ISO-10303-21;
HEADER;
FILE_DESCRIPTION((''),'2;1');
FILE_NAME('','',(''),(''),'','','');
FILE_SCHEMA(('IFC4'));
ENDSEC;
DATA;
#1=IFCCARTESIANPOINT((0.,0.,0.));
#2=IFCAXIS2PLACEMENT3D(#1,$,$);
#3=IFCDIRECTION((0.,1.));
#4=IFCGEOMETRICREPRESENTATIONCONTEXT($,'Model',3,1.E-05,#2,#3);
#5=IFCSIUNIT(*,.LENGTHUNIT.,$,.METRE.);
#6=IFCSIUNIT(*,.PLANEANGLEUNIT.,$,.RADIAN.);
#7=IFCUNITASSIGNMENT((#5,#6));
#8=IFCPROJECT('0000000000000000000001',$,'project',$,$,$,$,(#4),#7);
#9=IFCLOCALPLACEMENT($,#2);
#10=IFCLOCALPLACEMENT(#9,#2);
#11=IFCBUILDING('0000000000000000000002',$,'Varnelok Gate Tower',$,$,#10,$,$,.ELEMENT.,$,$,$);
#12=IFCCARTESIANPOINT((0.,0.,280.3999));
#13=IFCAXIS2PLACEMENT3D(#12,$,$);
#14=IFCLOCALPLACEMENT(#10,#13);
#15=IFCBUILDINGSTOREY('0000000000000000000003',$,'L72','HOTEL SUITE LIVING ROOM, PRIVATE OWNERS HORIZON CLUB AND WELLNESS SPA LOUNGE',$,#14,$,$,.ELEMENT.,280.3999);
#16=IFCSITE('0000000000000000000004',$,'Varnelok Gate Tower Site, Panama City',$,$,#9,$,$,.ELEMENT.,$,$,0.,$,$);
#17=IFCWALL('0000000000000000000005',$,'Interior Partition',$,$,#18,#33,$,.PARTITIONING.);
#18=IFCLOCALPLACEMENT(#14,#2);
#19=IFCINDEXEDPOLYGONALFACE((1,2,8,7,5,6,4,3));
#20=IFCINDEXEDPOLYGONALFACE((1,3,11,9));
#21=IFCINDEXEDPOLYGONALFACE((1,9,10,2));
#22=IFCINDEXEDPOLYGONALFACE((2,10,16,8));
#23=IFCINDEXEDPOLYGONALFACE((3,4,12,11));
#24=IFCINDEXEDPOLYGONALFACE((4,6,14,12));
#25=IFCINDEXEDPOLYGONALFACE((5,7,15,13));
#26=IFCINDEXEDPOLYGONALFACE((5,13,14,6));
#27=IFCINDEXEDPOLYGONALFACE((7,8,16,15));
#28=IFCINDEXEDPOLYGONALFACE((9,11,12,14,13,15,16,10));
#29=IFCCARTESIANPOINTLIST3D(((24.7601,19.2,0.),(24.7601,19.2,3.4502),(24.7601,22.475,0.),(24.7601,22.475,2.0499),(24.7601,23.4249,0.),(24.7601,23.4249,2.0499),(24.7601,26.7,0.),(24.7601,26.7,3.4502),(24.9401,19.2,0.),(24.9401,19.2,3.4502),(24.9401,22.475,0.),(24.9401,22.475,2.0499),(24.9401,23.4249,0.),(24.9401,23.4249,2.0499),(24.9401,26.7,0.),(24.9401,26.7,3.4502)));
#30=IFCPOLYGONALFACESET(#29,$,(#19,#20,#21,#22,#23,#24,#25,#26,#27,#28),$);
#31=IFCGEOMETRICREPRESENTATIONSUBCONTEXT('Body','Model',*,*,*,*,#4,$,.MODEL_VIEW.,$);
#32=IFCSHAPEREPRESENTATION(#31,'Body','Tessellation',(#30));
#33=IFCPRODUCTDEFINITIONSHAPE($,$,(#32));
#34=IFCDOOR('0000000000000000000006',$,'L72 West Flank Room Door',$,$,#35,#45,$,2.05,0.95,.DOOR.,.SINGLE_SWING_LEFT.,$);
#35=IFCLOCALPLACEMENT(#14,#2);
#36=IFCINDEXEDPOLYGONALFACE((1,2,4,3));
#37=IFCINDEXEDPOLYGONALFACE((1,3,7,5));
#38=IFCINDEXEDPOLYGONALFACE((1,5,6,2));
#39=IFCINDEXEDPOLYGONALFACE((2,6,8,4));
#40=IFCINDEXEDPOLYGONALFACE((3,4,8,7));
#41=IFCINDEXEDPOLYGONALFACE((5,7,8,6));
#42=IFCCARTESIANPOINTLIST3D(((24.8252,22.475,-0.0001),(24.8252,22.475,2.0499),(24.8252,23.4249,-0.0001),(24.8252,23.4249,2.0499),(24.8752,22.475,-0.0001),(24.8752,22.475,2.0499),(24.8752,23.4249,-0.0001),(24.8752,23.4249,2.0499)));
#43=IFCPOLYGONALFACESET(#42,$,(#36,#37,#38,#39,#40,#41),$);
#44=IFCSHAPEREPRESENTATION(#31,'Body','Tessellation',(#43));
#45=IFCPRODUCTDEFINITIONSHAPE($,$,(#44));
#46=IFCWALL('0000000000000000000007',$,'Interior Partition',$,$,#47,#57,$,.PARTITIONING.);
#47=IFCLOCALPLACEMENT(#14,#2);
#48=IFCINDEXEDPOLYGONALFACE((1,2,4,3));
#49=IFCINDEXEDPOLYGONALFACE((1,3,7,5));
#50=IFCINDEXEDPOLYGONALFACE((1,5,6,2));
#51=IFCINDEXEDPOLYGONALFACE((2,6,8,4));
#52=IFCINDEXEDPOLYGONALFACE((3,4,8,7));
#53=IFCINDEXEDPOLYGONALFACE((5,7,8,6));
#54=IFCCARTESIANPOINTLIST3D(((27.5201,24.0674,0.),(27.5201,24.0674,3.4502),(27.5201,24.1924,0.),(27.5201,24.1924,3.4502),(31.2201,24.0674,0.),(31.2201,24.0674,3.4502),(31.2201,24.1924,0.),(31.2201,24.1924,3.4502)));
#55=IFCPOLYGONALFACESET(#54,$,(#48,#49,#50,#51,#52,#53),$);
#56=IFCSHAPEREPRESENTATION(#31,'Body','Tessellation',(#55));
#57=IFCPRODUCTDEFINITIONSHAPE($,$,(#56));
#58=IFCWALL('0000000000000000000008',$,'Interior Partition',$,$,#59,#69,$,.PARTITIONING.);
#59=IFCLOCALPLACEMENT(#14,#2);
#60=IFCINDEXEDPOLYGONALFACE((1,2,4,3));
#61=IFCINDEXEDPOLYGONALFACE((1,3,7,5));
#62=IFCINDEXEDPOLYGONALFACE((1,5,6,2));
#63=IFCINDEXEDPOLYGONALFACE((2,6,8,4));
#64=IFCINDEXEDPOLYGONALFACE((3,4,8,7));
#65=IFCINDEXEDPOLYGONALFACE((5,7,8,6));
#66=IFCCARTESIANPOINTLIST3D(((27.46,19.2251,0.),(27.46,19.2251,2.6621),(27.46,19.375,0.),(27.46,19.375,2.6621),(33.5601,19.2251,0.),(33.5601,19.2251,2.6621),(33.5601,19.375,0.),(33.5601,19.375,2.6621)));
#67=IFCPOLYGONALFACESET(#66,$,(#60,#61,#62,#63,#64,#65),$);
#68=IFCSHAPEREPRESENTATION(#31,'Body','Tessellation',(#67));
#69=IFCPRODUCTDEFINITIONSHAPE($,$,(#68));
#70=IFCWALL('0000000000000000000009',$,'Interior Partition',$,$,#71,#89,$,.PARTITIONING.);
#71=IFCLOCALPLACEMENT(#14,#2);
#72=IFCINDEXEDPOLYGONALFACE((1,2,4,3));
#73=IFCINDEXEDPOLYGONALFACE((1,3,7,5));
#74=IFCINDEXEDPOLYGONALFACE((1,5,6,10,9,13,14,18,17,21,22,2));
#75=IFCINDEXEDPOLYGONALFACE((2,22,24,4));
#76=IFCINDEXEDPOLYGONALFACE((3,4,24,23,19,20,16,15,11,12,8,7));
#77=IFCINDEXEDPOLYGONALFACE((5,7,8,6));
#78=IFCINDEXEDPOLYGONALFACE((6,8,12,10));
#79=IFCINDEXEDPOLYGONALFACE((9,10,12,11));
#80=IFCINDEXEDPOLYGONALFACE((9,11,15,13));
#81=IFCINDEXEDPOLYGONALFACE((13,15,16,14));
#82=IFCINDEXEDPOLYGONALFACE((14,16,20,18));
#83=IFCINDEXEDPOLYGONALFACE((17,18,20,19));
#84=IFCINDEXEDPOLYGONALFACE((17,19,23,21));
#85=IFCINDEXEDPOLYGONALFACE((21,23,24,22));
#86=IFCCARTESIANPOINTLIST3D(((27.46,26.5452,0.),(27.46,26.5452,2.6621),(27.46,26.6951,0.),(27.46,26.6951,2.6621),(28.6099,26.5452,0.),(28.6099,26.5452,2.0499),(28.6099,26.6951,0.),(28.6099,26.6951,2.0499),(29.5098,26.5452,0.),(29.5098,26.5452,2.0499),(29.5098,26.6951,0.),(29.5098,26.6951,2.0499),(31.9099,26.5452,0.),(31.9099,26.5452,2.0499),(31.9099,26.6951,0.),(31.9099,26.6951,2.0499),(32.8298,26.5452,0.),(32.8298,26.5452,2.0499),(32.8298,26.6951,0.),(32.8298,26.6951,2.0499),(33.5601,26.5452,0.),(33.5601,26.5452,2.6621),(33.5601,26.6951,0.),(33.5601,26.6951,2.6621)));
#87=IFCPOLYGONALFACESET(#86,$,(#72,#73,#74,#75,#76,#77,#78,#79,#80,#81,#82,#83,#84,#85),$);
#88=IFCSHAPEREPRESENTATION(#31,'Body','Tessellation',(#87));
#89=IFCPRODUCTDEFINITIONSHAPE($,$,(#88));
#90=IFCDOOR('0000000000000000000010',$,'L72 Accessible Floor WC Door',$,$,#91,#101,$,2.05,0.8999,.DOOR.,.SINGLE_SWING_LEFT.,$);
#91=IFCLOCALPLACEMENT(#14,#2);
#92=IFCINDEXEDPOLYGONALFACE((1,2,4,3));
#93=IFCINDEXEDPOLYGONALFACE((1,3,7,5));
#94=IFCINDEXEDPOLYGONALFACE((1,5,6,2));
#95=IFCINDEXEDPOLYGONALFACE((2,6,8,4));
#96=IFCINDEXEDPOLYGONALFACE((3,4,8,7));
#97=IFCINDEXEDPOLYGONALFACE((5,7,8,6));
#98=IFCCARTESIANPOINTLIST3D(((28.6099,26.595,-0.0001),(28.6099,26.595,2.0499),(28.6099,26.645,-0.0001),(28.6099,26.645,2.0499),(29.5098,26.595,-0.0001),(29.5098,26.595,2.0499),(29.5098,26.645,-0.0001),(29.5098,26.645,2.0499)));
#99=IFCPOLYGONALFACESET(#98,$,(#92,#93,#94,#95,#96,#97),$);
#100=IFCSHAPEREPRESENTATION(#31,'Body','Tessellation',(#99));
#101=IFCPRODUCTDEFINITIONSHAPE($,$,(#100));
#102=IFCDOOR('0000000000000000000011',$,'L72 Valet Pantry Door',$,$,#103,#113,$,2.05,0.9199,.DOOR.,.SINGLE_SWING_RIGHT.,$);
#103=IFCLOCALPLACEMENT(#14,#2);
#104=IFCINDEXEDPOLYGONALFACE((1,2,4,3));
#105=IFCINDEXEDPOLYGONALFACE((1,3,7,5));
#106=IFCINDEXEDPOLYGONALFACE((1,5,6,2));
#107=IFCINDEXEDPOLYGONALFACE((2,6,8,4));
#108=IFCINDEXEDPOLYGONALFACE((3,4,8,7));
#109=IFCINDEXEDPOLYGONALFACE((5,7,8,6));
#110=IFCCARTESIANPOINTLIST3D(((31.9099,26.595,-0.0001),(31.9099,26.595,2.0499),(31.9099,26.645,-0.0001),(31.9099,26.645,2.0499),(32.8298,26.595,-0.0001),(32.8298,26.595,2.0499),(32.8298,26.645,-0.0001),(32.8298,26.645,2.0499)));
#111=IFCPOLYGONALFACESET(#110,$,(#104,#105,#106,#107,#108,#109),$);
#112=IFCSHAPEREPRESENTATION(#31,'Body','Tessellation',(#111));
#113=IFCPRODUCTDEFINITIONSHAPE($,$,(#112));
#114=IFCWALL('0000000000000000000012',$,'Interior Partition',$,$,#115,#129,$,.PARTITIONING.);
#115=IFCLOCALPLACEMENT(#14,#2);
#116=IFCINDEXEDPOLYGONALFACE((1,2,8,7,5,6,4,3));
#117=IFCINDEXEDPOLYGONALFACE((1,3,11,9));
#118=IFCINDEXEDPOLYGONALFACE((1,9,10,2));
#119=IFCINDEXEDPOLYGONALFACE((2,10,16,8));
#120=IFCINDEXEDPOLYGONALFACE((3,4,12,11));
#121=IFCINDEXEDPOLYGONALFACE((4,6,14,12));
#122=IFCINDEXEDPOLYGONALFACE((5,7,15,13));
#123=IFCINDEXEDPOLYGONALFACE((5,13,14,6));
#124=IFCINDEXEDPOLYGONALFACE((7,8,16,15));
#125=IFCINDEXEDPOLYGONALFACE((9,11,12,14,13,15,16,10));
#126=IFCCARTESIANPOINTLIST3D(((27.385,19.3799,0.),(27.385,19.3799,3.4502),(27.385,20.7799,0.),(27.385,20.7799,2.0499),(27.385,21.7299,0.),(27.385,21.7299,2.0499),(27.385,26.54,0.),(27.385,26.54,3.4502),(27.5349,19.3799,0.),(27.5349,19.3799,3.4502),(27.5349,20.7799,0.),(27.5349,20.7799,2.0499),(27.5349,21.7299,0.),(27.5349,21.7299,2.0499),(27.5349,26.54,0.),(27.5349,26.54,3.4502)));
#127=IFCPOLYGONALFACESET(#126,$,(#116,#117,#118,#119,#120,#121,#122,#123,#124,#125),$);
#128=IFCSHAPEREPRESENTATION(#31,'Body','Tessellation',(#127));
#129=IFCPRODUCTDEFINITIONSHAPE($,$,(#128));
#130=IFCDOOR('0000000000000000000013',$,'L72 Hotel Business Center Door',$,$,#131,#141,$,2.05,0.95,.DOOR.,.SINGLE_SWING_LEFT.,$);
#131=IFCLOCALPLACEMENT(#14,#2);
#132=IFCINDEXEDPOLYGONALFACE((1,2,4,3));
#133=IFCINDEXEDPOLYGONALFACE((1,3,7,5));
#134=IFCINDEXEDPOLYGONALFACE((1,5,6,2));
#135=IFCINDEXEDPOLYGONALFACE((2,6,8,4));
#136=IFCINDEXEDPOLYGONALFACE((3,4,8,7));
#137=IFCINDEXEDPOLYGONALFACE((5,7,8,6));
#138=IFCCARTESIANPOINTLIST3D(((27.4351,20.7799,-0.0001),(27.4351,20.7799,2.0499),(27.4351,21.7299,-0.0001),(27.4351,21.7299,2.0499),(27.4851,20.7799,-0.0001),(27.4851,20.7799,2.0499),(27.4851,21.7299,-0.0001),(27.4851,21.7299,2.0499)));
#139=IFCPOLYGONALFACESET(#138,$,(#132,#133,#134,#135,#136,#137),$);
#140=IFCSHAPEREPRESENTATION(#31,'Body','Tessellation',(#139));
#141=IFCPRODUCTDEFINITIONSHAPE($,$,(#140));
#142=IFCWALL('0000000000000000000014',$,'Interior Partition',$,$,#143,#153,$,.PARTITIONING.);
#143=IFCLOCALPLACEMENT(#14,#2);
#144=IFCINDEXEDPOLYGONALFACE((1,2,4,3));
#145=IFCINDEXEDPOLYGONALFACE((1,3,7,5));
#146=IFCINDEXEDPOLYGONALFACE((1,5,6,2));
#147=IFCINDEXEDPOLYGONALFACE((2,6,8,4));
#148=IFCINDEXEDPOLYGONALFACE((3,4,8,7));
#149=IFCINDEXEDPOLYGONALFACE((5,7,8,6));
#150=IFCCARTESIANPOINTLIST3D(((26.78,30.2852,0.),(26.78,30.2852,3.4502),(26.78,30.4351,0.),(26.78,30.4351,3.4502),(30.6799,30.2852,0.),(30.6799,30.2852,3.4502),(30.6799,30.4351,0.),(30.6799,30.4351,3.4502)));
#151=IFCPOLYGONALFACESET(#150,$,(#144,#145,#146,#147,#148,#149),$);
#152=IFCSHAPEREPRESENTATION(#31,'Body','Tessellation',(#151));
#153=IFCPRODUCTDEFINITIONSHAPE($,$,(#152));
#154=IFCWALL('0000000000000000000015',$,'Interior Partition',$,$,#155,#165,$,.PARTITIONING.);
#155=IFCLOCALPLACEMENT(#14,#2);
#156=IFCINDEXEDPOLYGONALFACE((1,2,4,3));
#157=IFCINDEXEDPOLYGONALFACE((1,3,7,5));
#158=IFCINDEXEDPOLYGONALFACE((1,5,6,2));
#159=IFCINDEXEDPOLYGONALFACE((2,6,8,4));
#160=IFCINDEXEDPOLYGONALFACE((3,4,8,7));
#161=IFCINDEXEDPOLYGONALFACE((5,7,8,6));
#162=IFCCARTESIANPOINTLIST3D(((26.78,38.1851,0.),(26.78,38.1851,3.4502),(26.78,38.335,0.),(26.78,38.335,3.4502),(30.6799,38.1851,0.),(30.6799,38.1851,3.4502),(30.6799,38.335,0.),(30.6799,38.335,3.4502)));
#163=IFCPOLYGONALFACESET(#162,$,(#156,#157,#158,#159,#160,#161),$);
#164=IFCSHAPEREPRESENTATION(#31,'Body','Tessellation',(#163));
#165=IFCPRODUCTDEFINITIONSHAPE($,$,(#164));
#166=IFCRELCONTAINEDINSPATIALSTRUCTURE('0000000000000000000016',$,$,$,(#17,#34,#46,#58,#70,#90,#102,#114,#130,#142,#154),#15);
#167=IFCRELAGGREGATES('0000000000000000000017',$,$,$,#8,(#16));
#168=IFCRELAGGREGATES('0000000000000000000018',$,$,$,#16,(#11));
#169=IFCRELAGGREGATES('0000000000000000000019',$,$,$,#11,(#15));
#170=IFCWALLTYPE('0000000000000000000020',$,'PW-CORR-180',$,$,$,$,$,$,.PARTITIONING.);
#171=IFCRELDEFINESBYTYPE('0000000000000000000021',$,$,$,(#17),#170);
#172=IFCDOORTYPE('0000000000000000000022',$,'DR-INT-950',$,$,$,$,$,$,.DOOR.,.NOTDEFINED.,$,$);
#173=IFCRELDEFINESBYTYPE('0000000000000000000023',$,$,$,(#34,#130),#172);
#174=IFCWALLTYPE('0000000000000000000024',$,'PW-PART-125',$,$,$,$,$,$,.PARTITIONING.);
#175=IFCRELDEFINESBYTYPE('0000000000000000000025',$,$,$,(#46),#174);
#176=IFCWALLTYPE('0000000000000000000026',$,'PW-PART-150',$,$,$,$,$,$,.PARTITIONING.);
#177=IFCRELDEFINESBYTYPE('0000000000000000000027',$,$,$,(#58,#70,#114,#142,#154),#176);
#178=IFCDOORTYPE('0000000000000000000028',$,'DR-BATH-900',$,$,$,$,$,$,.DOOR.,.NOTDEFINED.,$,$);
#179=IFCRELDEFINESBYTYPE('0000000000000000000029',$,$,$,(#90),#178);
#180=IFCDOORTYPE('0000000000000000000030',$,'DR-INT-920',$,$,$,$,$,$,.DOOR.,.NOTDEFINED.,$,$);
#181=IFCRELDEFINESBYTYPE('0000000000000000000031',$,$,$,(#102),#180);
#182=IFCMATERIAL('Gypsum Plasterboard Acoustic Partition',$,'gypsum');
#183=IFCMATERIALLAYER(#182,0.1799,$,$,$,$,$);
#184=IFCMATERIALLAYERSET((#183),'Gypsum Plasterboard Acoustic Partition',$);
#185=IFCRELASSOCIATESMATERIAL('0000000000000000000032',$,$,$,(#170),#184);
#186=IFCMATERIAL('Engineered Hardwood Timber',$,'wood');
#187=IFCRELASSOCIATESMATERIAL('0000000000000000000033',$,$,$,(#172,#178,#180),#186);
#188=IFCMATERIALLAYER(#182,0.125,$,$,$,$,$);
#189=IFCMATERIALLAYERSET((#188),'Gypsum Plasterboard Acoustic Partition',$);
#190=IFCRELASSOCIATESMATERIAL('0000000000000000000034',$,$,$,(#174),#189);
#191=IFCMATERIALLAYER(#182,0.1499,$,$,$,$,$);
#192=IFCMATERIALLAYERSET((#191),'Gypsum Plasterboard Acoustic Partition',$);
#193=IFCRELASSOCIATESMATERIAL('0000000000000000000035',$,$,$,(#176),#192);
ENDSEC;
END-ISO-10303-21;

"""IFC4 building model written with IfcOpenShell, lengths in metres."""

from ifc_helpers import new_model, si_unit, direction, frame, frame_2d, origin, place, context, subcontext, project, spatial, rectangle, extrude, material, layer, layer_set, type_object, element, fill, save


model = new_model("IFC4")

# Units and contexts
model_context = context("Model", 3, precision=1e-05, world=origin(), true_north=direction((0.0, 1.0)))
body_context = subcontext(model_context, "Body", "Model", "MODEL_VIEW")
ifc_project = project(units=[si_unit("LENGTHUNIT", "METRE"), si_unit("PLANEANGLEUNIT", "RADIAN")], contexts=[model_context])

# Site, building, storey
site_placement = place(None, origin())
site = spatial("IfcSite", under=ifc_project, at=site_placement, Name="Varnelok Gate Tower Site, Panama City", CompositionType="ELEMENT", RefElevation=0.0)
building_placement = place(site_placement, origin())
building = spatial("IfcBuilding", under=site, at=building_placement, Name="Varnelok Gate Tower", CompositionType="ELEMENT")
storey_placement = place(building_placement, frame((0.0, 0.0, 280.3999)))
storey = spatial("IfcBuildingStorey", under=building, at=storey_placement, Name="L72", Description="HOTEL SUITE LIVING ROOM, PRIVATE OWNERS HORIZON CLUB AND WELLNESS SPA LOUNGE", CompositionType="ELEMENT", Elevation=280.3999)

# Wall, opening, door
ifc_material_1 = material(Name="Gypsum Plasterboard Acoustic Partition", Category="gypsum")
ifc_layer_1 = layer(ifc_material_1, 0.1799)
ifc_layer_set_1 = layer_set([ifc_layer_1], Name="Gypsum Plasterboard Acoustic Partition")
wall_type_1 = type_object("IfcWallType", Name="PW-CORR-180", PredefinedType="PARTITIONING", material=ifc_layer_set_1)
wall_1_placement = place(storey_placement, frame((24.8501, 19.2, 0.0), z_axis=(0.0, 0.0, 1.0), x_axis=(0.0, 1.0, 0.0)))
wall_1 = element("IfcWall", 1, at=wall_1_placement, inside=storey, type_object=wall_type_1, Name="Interior Partition", PredefinedType="PARTITIONING", context=body_context, shape_type="SweptSolid", body=[
    extrude(rectangle(XDim=7.5, YDim=0.1799, at=frame_2d((3.75, 0.0))), origin(), (0.0, 0.0, 1.0), 3.4502),
])
opening_1_placement = place(wall_1_placement, frame((3.2749, 0.0, 0.0)))
opening_1 = element("IfcOpeningElement", 2, at=opening_1_placement, cuts=wall_1, PredefinedType="OPENING", context=body_context, shape_type="SweptSolid", body=[
    extrude(rectangle(XDim=0.95, YDim=2.05, at=frame_2d((0.4751, 1.0249))), frame((0.0, 0.0999, 0.0), z_axis=(0.0, -1.0, 0.0), x_axis=(1.0, 0.0, 0.0)), (0.0, 0.0, 1.0), 0.2),
])
ifc_material_2 = material(Name="Engineered Hardwood Timber", Category="wood")
door_type_1 = type_object("IfcDoorType", Name="DR-INT-950", OperationType="NOTDEFINED", PredefinedType="DOOR", material=ifc_material_2)
door_1_placement = place(opening_1_placement, origin())
door_1 = element("IfcDoor", 3, at=door_1_placement, inside=storey, type_object=door_type_1, Name="L72 West Flank Room Door", OperationType="SINGLE_SWING_LEFT", OverallHeight=2.05, OverallWidth=0.95, PredefinedType="DOOR", context=body_context, shape_type="SweptSolid", body=[
    extrude(rectangle(XDim=0.95, YDim=2.05, at=frame_2d((0.4751, 1.0249))), frame((0.0, 0.0249, 0.0), z_axis=(0.0, -1.0, 0.0), x_axis=(1.0, 0.0, 0.0)), (0.0, 0.0, 1.0), 0.05),
])
fill(opening_1, door_1)

# Walls
ifc_layer_2 = layer(ifc_material_1, 0.125)
ifc_layer_set_2 = layer_set([ifc_layer_2], Name="Gypsum Plasterboard Acoustic Partition")
wall_type_2 = type_object("IfcWallType", Name="PW-PART-125", PredefinedType="PARTITIONING", material=ifc_layer_set_2)
wall_2_placement = place(storey_placement, frame((27.52, 24.1299, 0.0), z_axis=(0.0, 0.0, 1.0), x_axis=(1.0, 0.0, 0.0)))
element("IfcWall", 4, at=wall_2_placement, inside=storey, type_object=wall_type_2, Name="Interior Partition", PredefinedType="PARTITIONING", context=body_context, shape_type="SweptSolid", body=[
    extrude(rectangle(XDim=3.7, YDim=0.125, at=frame_2d((1.8501, 0.0))), origin(), (0.0, 0.0, 1.0), 3.4502),
])
ifc_layer_3 = layer(ifc_material_1, 0.1499)
ifc_layer_set_3 = layer_set([ifc_layer_3], Name="Gypsum Plasterboard Acoustic Partition")
wall_type_3 = type_object("IfcWallType", Name="PW-PART-150", PredefinedType="PARTITIONING", material=ifc_layer_set_3)
wall_3_placement = place(storey_placement, frame((27.46, 19.3, 0.0), z_axis=(0.0, 0.0, 1.0), x_axis=(1.0, 0.0, 0.0)))
element("IfcWall", 5, at=wall_3_placement, inside=storey, type_object=wall_type_3, Name="Interior Partition", PredefinedType="PARTITIONING", context=body_context, shape_type="SweptSolid", body=[
    extrude(rectangle(XDim=6.1001, YDim=0.1499, at=frame_2d((3.05, 0.0))), origin(), (0.0, 0.0, 1.0), 2.6621),
])

# Wall, openings, doors
wall_4_placement = place(storey_placement, frame((27.46, 26.6201, 0.0), z_axis=(0.0, 0.0, 1.0), x_axis=(1.0, 0.0, 0.0)))
wall_4 = element("IfcWall", 6, at=wall_4_placement, inside=storey, type_object=wall_type_3, Name="Interior Partition", PredefinedType="PARTITIONING", context=body_context, shape_type="SweptSolid", body=[
    extrude(rectangle(XDim=6.1001, YDim=0.1499, at=frame_2d((3.05, 0.0))), origin(), (0.0, 0.0, 1.0), 2.6621),
])
opening_2_placement = place(wall_4_placement, frame((1.1499, 0.0, 0.0)))
opening_2 = element("IfcOpeningElement", 7, at=opening_2_placement, cuts=wall_4, PredefinedType="OPENING", context=body_context, shape_type="SweptSolid", body=[
    extrude(rectangle(XDim=0.8999, YDim=2.05, at=frame_2d((0.45, 1.0249))), frame((0.0, 0.085, 0.0), z_axis=(0.0, -1.0, 0.0), x_axis=(1.0, 0.0, 0.0)), (0.0, 0.0, 1.0), 0.1699),
])
opening_3_placement = place(wall_4_placement, frame((4.45, 0.0, 0.0)))
opening_3 = element("IfcOpeningElement", 8, at=opening_3_placement, cuts=wall_4, PredefinedType="OPENING", context=body_context, shape_type="SweptSolid", body=[
    extrude(rectangle(XDim=0.9199, YDim=2.05, at=frame_2d((0.46, 1.0249))), frame((0.0, 0.085, 0.0), z_axis=(0.0, -1.0, 0.0), x_axis=(1.0, 0.0, 0.0)), (0.0, 0.0, 1.0), 0.1699),
])
door_type_2 = type_object("IfcDoorType", Name="DR-BATH-900", OperationType="NOTDEFINED", PredefinedType="DOOR", material=ifc_material_2)
door_2_placement = place(opening_2_placement, origin())
door_2 = element("IfcDoor", 9, at=door_2_placement, inside=storey, type_object=door_type_2, Name="L72 Accessible Floor WC Door", OperationType="SINGLE_SWING_LEFT", OverallHeight=2.05, OverallWidth=0.8999, PredefinedType="DOOR", context=body_context, shape_type="SweptSolid", body=[
    extrude(rectangle(XDim=0.8999, YDim=2.05, at=frame_2d((0.45, 1.0249))), frame((0.0, 0.0249, 0.0), z_axis=(0.0, -1.0, 0.0), x_axis=(1.0, 0.0, 0.0)), (0.0, 0.0, 1.0), 0.05),
])
fill(opening_2, door_2)
door_type_3 = type_object("IfcDoorType", Name="DR-INT-920", OperationType="NOTDEFINED", PredefinedType="DOOR", material=ifc_material_2)
door_3_placement = place(opening_3_placement, origin())
door_3 = element("IfcDoor", 10, at=door_3_placement, inside=storey, type_object=door_type_3, Name="L72 Valet Pantry Door", OperationType="SINGLE_SWING_RIGHT", OverallHeight=2.05, OverallWidth=0.9199, PredefinedType="DOOR", context=body_context, shape_type="SweptSolid", body=[
    extrude(rectangle(XDim=0.9199, YDim=2.05, at=frame_2d((0.46, 1.0249))), frame((0.0, 0.0249, 0.0), z_axis=(0.0, -1.0, 0.0), x_axis=(1.0, 0.0, 0.0)), (0.0, 0.0, 1.0), 0.05),
])
fill(opening_3, door_3)

# Wall, opening, door
wall_5_placement = place(storey_placement, frame((27.46, 19.3799, 0.0), z_axis=(0.0, 0.0, 1.0), x_axis=(0.0, 1.0, 0.0)))
wall_5 = element("IfcWall", 11, at=wall_5_placement, inside=storey, type_object=wall_type_3, Name="Interior Partition", PredefinedType="PARTITIONING", context=body_context, shape_type="SweptSolid", body=[
    extrude(rectangle(XDim=7.1602, YDim=0.1499, at=frame_2d((3.5801, 0.0))), origin(), (0.0, 0.0, 1.0), 3.4502),
])
opening_4_placement = place(wall_5_placement, frame((1.3999, 0.0, 0.0)))
opening_4 = element("IfcOpeningElement", 12, at=opening_4_placement, cuts=wall_5, PredefinedType="OPENING", context=body_context, shape_type="SweptSolid", body=[
    extrude(rectangle(XDim=0.95, YDim=2.05, at=frame_2d((0.4751, 1.0249))), frame((0.0, 0.085, 0.0), z_axis=(0.0, -1.0, 0.0), x_axis=(1.0, 0.0, 0.0)), (0.0, 0.0, 1.0), 0.1699),
])
door_4_placement = place(opening_4_placement, origin())
door_4 = element("IfcDoor", 13, at=door_4_placement, inside=storey, type_object=door_type_1, Name="L72 Hotel Business Center Door", OperationType="SINGLE_SWING_LEFT", OverallHeight=2.05, OverallWidth=0.95, PredefinedType="DOOR", context=body_context, shape_type="SweptSolid", body=[
    extrude(rectangle(XDim=0.95, YDim=2.05, at=frame_2d((0.4751, 1.0249))), frame((0.0, 0.0249, 0.0), z_axis=(0.0, -1.0, 0.0), x_axis=(1.0, 0.0, 0.0)), (0.0, 0.0, 1.0), 0.05),
])
fill(opening_4, door_4)

# Walls
for number, where, z_axis, x_axis, name in (
    (14, (26.78, 30.3601, 0.0), (0.0, 0.0, 1.0), (1.0, 0.0, 0.0), "Interior Partition"),
    (15, (26.78, 38.26, 0.0), (0.0, 0.0, 1.0), (1.0, 0.0, 0.0), "Interior Partition"),
):
    element("IfcWall", number, at=place(storey_placement, frame(where, z_axis=z_axis, x_axis=x_axis)), inside=storey, type_object=wall_type_3, Name=name, PredefinedType="PARTITIONING", context=body_context, shape_type="SweptSolid", body=[
        extrude(rectangle(XDim=3.8999, YDim=0.1499, at=frame_2d((1.95, 0.0))), origin(), (0.0, 0.0, 1.0), 3.4502),
    ])

save(model, "model.ifc")
